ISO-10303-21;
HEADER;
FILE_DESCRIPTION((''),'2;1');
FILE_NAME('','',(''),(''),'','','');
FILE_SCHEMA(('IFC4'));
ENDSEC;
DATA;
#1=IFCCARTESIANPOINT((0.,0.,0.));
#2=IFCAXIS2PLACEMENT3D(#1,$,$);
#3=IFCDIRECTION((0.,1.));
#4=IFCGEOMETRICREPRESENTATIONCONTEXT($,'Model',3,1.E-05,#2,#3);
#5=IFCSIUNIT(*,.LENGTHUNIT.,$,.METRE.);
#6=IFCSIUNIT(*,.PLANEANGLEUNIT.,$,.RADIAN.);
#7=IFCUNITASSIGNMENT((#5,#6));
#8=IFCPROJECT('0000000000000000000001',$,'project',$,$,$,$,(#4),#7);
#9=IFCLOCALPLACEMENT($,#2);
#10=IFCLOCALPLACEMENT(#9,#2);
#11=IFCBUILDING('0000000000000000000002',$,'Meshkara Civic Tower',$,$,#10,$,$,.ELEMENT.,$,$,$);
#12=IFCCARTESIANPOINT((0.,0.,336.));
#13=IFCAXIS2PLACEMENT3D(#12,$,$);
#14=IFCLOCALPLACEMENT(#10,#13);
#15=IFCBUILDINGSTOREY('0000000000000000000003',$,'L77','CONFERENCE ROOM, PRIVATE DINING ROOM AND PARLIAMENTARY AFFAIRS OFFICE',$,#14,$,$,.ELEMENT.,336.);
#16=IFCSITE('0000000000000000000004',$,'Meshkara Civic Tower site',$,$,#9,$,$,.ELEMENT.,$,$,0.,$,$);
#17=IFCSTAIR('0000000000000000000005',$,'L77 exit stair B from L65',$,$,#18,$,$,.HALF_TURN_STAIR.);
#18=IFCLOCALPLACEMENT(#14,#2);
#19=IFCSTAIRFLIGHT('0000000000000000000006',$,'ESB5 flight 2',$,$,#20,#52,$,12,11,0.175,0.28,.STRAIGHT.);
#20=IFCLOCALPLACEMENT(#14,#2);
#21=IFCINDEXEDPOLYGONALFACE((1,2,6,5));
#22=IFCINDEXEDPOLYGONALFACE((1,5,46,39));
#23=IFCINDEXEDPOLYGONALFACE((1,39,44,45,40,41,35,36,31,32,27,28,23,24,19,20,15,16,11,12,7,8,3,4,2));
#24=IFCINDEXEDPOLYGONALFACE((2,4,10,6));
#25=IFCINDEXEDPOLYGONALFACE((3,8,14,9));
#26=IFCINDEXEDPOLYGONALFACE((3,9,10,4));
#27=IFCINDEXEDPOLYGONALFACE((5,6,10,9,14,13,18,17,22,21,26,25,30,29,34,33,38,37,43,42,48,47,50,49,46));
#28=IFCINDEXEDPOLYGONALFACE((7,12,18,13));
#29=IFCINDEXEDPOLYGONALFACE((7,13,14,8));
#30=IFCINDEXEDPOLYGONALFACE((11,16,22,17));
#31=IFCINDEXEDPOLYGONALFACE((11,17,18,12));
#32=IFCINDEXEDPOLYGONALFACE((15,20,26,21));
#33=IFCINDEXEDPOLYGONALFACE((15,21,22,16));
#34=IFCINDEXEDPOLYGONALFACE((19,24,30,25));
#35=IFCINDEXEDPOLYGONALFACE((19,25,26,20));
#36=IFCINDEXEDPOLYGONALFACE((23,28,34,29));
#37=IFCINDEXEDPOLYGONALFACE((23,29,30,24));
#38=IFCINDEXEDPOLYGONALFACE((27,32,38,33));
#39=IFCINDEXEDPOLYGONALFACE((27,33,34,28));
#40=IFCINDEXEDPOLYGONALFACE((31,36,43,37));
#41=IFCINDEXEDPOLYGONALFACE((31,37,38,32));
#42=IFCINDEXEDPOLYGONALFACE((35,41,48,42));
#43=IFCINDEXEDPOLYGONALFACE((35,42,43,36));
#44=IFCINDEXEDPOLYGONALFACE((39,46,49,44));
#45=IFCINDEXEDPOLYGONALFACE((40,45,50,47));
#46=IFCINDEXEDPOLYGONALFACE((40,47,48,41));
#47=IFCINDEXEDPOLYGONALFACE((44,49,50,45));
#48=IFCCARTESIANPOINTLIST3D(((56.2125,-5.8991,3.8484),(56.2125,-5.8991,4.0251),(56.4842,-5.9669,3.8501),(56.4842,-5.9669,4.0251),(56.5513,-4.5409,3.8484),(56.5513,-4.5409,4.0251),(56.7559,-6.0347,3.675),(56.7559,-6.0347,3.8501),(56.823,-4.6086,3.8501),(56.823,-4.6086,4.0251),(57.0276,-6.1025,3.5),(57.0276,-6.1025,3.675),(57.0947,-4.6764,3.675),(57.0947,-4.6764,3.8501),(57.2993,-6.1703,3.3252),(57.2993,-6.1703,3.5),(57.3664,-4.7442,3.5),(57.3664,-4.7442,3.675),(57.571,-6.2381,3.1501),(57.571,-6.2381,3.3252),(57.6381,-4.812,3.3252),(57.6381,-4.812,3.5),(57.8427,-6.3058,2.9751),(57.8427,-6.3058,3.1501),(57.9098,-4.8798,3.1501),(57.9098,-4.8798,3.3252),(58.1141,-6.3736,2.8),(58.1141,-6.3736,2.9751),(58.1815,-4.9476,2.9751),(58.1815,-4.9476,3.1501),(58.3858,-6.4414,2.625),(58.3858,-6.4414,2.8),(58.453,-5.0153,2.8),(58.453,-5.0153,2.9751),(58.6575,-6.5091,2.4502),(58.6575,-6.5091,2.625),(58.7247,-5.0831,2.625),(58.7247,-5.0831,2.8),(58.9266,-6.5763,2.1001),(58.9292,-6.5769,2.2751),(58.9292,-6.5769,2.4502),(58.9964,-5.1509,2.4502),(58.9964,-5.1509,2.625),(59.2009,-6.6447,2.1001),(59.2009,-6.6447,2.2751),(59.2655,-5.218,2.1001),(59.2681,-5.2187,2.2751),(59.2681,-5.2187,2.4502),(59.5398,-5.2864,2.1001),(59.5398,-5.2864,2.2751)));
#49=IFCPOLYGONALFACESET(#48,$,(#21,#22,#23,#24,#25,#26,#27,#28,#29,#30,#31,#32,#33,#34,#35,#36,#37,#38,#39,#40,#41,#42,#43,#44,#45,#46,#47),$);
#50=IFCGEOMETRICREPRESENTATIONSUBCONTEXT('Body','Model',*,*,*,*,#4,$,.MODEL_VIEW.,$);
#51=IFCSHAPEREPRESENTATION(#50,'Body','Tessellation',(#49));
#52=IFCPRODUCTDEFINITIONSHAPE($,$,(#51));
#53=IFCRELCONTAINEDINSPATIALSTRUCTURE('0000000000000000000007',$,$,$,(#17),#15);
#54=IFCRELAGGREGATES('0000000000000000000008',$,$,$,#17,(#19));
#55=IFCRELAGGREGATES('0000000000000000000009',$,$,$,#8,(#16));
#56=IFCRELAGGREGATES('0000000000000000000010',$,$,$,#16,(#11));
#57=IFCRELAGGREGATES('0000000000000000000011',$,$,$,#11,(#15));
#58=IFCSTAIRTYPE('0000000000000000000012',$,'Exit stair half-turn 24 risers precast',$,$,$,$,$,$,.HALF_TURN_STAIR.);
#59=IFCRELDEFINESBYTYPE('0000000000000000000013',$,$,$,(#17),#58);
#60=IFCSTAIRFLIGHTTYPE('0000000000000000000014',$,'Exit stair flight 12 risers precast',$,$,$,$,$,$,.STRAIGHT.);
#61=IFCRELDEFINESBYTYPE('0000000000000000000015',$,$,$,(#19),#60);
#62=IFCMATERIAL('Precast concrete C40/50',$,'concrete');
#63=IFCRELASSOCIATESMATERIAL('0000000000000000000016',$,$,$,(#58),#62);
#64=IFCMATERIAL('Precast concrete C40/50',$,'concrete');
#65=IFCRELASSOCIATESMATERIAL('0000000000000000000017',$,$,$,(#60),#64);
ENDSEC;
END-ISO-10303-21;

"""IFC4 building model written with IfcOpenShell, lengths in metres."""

from ifc_helpers import new_model, si_unit, direction, frame, origin, place, context, subcontext, project, spatial, polyline, outline, extrude, material, type_object, element, aggregate, save


model = new_model("IFC4")

# Units and contexts
model_context = context("Model", 3, precision=1e-05, world=origin(), true_north=direction((0.0, 1.0)))
body_context = subcontext(model_context, "Body", "Model", "MODEL_VIEW")
ifc_project = project(units=[si_unit("LENGTHUNIT", "METRE"), si_unit("PLANEANGLEUNIT", "RADIAN")], contexts=[model_context])

# Site, building, storey
site_placement = place(None, origin())
site = spatial("IfcSite", under=ifc_project, at=site_placement, Name="Meshkara Civic Tower site", CompositionType="ELEMENT", RefElevation=0.0)
building_placement = place(site_placement, origin())
building = spatial("IfcBuilding", under=site, at=building_placement, Name="Meshkara Civic Tower", CompositionType="ELEMENT")
storey_placement = place(building_placement, frame((0.0, 0.0, 336.0)))
storey = spatial("IfcBuildingStorey", under=building, at=storey_placement, Name="L77", Description="CONFERENCE ROOM, PRIVATE DINING ROOM AND PARLIAMENTARY AFFAIRS OFFICE", CompositionType="ELEMENT", Elevation=336.0)

# Stair, stair flight
ifc_material_1 = material(Name="Precast concrete C40/50", Category="concrete")
stair_type = type_object("IfcStairType", Name="Exit stair half-turn 24 risers precast", PredefinedType="HALF_TURN_STAIR", material=ifc_material_1)
stair_placement = place(storey_placement, origin())
stair = element("IfcStair", 1, at=stair_placement, inside=storey, type_object=stair_type, Name="L77 exit stair B from L65", PredefinedType="HALF_TURN_STAIR")
ifc_material_2 = material(Name="Precast concrete C40/50", Category="concrete")
stair_flight_type = type_object("IfcStairFlightType", Name="Exit stair flight 12 risers precast", PredefinedType="STRAIGHT", material=ifc_material_2)
stair_flight_1_placement = place(storey_placement, frame((59.3704, -5.9656, 2.1001), z_axis=(0.0, 0.0, 1.0), x_axis=(-0.97026, 0.242065, 0.0)))
stair_flight_1 = element("IfcStairFlight", 2, at=stair_flight_1_placement, type_object=stair_flight_type, Name="ESB5 flight 2", NumberOfRisers=12, NumberOfTreads=11, PredefinedType="STRAIGHT", RiserHeight=0.175, TreadLength=0.28, context=body_context, shape_type="SweptSolid", body=[
    extrude(outline(polyline([(0.0, 0.0), (0.0, 0.175), (0.28, 0.175), (0.28, 0.3501), (0.5601, 0.3501), (0.5601, 0.5249), (0.8401, 0.5249), (0.8401, 0.7), (1.1201, 0.7), (1.1201, 0.875), (1.3999, 0.875), (1.3999, 1.05), (1.6799, 1.05), (1.6799, 1.2251), (1.96, 1.2251), (1.96, 1.3999), (2.24, 1.3999), (2.24, 1.575), (2.52, 1.575), (2.52, 1.75), (2.8, 1.75), (2.8, 1.925), (3.0801, 1.925), (3.0801, 2.1001), (3.0801, 1.7483), (0.2827, 0.0), (0.0, 0.0)])), frame((0.0, 0.7, 0.0), z_axis=(0.0, -1.0, 0.0), x_axis=(1.0, 0.0, 0.0)), (0.0, 0.0, 1.0), 1.3999),
])
aggregate(stair, [stair_flight_1])

save(model, "model.ifc")
